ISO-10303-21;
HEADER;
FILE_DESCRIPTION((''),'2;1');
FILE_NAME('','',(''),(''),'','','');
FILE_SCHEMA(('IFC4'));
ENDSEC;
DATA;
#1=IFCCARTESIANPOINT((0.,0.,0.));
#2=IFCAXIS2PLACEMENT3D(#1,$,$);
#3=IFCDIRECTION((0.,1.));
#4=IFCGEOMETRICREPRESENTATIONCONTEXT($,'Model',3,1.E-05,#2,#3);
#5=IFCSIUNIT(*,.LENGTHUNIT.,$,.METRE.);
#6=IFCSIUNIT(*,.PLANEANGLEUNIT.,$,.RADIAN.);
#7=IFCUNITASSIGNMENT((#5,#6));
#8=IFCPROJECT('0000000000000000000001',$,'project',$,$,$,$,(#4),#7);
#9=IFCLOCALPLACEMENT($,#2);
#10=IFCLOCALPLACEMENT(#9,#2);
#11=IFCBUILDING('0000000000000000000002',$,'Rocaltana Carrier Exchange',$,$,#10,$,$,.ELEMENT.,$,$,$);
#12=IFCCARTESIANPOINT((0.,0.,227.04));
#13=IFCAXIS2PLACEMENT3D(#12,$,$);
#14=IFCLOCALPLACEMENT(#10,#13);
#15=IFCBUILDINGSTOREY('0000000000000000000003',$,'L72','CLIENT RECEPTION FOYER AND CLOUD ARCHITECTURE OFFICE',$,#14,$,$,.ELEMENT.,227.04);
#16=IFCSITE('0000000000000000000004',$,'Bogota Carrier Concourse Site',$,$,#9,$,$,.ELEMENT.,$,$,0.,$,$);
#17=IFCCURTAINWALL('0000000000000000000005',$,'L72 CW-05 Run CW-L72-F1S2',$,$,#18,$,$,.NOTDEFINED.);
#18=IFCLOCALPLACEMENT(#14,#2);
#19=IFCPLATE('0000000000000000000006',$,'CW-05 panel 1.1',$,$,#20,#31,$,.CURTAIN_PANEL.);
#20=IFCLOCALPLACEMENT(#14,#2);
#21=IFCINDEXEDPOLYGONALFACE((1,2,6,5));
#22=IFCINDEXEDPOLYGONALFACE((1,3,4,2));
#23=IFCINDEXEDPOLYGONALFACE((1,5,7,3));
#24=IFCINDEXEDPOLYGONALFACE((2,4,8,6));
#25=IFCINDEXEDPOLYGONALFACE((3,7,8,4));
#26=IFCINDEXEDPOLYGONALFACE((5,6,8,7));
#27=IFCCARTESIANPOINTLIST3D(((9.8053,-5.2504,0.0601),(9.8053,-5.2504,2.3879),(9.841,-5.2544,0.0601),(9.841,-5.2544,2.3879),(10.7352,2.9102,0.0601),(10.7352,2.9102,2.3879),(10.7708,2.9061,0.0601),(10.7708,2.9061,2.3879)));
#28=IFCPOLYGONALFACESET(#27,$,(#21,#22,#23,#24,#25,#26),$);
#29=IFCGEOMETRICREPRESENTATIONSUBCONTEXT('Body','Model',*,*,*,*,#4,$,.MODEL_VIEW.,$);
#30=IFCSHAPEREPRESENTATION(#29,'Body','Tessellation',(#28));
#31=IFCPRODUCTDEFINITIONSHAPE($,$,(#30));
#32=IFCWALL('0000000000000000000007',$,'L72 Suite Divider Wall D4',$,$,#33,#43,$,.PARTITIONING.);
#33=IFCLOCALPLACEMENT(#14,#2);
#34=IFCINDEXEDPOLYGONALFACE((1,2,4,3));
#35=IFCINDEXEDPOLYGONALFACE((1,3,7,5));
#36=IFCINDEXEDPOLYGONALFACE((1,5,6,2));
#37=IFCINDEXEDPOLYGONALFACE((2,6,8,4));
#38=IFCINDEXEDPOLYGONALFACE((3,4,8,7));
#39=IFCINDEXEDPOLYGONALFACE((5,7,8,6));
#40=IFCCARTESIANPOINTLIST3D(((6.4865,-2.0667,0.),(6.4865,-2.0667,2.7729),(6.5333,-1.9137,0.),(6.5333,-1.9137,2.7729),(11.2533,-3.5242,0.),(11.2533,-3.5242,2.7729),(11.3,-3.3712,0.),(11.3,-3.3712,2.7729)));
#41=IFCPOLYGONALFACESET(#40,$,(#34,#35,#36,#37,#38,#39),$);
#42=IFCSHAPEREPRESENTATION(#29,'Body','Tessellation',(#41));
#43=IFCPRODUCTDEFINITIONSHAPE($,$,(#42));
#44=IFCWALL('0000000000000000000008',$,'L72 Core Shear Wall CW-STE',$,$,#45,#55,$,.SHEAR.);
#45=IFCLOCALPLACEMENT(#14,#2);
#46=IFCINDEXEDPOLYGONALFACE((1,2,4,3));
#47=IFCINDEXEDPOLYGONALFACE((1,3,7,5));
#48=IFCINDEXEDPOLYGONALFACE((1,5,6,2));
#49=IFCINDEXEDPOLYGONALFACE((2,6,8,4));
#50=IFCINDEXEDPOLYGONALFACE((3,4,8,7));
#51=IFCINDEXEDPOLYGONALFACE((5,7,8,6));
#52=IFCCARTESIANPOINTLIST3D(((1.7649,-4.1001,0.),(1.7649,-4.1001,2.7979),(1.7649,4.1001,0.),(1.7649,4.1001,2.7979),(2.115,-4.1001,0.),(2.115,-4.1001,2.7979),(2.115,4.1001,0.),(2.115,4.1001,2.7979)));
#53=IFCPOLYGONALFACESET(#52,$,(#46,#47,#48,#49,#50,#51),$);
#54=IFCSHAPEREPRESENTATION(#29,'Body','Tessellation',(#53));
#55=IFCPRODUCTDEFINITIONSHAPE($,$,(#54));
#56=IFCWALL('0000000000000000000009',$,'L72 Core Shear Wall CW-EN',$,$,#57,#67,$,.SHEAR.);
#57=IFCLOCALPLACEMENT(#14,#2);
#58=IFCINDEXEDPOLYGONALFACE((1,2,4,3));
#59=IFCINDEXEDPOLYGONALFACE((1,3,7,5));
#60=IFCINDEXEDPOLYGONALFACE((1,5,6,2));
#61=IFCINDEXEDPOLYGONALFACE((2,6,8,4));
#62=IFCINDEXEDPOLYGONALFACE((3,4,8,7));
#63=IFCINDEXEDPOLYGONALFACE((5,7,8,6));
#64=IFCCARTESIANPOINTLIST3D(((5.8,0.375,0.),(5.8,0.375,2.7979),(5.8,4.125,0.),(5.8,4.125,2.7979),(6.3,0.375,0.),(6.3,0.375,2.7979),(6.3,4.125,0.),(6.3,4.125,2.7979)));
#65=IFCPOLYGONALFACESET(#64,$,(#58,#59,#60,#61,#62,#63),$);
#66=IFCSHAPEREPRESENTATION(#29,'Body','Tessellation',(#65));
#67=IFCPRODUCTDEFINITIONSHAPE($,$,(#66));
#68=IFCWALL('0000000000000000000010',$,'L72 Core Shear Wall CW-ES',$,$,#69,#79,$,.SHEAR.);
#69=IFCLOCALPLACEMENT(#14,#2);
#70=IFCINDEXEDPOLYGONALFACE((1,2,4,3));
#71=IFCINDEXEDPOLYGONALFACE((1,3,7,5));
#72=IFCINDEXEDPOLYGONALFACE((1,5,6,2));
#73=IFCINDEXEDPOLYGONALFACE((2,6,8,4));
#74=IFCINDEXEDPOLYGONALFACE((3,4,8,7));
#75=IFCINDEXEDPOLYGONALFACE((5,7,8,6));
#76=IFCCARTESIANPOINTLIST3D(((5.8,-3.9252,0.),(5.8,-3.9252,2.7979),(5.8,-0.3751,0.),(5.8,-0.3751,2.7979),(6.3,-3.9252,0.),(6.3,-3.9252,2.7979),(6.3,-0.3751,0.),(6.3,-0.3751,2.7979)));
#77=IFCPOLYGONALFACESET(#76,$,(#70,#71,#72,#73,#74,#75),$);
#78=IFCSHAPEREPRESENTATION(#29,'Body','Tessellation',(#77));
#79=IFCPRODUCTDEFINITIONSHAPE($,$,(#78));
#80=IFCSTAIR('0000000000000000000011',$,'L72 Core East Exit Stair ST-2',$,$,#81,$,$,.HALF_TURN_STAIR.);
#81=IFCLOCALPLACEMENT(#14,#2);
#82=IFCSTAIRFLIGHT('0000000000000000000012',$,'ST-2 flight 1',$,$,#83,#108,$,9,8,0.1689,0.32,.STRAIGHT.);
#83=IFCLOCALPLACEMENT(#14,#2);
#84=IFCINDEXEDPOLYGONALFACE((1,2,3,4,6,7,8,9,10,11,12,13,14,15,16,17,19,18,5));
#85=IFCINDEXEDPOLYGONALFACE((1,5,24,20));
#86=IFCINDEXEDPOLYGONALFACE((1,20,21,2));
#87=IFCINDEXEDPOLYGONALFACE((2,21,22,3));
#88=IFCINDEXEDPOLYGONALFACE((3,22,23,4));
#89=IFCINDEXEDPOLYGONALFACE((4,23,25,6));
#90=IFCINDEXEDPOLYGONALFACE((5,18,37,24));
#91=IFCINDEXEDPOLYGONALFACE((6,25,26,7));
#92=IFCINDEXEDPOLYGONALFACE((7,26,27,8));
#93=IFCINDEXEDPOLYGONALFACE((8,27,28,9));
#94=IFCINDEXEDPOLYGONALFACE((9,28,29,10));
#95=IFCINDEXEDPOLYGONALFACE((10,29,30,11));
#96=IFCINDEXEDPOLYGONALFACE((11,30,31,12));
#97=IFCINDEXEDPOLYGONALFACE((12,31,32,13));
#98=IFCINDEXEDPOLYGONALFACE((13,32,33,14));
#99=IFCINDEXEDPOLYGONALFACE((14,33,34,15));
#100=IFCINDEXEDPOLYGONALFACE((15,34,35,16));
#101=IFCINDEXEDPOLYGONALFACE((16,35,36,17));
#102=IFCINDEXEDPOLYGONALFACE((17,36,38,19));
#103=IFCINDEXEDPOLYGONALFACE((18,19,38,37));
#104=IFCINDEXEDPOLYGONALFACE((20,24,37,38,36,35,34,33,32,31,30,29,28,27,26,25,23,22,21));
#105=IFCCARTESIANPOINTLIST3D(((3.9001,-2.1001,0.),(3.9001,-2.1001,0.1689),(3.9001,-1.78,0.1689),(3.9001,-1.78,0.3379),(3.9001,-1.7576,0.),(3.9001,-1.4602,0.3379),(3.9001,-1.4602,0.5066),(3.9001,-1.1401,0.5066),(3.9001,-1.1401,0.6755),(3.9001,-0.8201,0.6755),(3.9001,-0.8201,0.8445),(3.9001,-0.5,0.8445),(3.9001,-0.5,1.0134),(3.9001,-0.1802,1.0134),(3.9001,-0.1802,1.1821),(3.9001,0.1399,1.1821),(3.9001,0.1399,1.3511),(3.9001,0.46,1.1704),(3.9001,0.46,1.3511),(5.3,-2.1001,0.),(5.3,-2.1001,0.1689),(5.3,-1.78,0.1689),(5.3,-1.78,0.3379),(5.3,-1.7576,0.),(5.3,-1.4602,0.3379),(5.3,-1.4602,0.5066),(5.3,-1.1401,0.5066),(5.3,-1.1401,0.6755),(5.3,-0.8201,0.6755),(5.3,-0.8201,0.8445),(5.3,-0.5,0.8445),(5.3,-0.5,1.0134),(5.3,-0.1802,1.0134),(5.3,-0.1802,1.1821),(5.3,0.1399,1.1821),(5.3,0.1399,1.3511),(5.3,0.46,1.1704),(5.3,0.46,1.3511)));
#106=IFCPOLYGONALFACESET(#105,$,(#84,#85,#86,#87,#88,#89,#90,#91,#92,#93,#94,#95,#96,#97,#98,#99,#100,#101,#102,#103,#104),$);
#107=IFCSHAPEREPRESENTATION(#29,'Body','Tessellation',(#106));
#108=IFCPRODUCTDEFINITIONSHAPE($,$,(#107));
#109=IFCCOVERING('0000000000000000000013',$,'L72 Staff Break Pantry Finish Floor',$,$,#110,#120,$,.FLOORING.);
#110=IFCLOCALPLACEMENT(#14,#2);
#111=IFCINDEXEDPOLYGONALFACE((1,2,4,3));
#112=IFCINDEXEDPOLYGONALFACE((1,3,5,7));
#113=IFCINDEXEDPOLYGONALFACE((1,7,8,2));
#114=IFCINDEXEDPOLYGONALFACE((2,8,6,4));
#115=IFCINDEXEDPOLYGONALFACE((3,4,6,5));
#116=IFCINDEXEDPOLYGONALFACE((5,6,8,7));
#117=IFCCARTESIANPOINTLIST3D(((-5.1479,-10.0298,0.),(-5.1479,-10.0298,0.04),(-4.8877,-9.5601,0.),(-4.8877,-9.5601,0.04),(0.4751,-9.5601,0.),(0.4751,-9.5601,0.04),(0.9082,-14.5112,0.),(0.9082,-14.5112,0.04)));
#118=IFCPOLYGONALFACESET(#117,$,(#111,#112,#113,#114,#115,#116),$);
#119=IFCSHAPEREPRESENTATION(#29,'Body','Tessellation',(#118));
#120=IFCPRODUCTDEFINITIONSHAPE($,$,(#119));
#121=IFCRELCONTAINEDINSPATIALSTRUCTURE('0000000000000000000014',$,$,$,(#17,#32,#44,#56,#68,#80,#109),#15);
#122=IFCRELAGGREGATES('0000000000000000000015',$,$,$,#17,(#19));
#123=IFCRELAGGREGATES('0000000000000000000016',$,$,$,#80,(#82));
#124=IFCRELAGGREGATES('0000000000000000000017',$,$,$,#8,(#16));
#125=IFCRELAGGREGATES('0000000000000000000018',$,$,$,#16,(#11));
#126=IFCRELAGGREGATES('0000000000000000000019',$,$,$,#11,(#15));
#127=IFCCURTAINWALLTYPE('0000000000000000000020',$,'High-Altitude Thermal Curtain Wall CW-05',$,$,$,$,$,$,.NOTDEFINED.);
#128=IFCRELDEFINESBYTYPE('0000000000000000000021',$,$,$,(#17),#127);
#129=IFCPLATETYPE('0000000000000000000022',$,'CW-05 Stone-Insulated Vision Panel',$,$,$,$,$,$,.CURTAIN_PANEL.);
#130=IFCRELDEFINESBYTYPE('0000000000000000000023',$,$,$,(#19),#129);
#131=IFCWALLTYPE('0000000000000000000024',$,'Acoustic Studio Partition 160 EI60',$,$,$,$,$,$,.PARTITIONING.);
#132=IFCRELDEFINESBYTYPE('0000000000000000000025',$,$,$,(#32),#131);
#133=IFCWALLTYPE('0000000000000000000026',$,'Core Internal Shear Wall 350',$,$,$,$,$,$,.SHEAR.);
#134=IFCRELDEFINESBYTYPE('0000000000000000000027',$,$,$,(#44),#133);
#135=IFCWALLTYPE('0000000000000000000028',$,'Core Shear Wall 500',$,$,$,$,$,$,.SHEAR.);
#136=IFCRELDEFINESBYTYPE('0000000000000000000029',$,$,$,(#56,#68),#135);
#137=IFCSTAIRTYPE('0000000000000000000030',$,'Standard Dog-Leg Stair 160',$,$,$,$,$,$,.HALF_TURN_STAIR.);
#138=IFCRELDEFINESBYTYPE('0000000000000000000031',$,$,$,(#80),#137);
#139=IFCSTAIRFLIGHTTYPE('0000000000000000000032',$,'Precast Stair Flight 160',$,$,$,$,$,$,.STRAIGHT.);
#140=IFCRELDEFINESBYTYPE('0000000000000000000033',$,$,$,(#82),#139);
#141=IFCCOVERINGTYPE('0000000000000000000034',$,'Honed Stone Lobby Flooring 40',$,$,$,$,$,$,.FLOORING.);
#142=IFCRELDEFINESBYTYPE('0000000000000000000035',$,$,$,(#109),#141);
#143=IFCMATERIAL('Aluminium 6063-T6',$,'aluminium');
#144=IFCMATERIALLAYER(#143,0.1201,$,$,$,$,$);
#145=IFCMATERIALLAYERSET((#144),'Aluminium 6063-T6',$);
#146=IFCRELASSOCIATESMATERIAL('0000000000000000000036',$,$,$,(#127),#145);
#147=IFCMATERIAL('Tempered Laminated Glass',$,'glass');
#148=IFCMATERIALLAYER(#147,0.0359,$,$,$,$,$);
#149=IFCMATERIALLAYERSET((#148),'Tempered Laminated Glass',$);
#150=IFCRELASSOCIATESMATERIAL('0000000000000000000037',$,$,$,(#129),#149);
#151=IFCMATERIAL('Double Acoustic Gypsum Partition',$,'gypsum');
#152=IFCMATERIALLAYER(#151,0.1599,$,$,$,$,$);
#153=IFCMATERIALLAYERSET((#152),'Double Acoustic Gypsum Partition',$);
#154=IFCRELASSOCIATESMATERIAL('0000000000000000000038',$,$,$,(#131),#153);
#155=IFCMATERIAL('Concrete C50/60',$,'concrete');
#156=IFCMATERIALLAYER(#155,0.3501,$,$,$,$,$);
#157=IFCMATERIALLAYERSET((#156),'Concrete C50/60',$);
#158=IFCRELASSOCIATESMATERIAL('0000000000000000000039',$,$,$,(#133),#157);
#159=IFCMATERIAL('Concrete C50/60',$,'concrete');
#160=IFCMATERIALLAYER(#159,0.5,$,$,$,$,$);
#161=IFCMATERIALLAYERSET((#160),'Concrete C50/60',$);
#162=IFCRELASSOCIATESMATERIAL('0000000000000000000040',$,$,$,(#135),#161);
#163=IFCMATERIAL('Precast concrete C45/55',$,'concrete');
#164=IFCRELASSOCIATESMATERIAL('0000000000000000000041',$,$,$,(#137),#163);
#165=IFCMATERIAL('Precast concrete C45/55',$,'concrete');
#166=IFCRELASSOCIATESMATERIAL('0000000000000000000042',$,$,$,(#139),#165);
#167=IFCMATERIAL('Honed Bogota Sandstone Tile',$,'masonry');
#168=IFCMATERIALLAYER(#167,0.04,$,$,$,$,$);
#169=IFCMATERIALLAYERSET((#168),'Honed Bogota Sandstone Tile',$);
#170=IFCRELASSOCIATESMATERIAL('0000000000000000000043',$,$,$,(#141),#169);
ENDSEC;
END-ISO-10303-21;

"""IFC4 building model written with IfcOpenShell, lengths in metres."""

from ifc_helpers import new_model, si_unit, direction, frame, frame_2d, origin, origin_2d, place, context, subcontext, project, spatial, polyline, rectangle, outline, extrude, material, layer, layer_set, type_object, element, aggregate, save


model = new_model("IFC4")

# Units and contexts
model_context = context("Model", 3, precision=1e-05, world=origin(), true_north=direction((0.0, 1.0)))
body_context = subcontext(model_context, "Body", "Model", "MODEL_VIEW")
ifc_project = project(units=[si_unit("LENGTHUNIT", "METRE"), si_unit("PLANEANGLEUNIT", "RADIAN")], contexts=[model_context])

# Site, building, storey
site_placement = place(None, origin())
site = spatial("IfcSite", under=ifc_project, at=site_placement, Name="Bogota Carrier Concourse Site", CompositionType="ELEMENT", RefElevation=0.0)
building_placement = place(site_placement, origin())
building = spatial("IfcBuilding", under=site, at=building_placement, Name="Rocaltana Carrier Exchange", CompositionType="ELEMENT")
storey_placement = place(building_placement, frame((0.0, 0.0, 227.04)))
storey = spatial("IfcBuildingStorey", under=building, at=storey_placement, Name="L72", Description="CLIENT RECEPTION FOYER AND CLOUD ARCHITECTURE OFFICE", CompositionType="ELEMENT", Elevation=227.04)

# Curtain wall
ifc_material_1 = material(Name="Aluminium 6063-T6", Category="aluminium")
ifc_layer_1 = layer(ifc_material_1, 0.1201)
ifc_layer_set_1 = layer_set([ifc_layer_1], Name="Aluminium 6063-T6")
curtain_wall_type = type_object("IfcCurtainWallType", Name="High-Altitude Thermal Curtain Wall CW-05", PredefinedType="NOTDEFINED", material=ifc_layer_set_1)
curtain_wall_placement = place(storey_placement, origin())
curtain_wall = element("IfcCurtainWall", 1, at=curtain_wall_placement, inside=storey, type_object=curtain_wall_type, Name="L72 CW-05 Run CW-L72-F1S2", PredefinedType="NOTDEFINED")

# Plate
ifc_material_2 = material(Name="Tempered Laminated Glass", Category="glass")
ifc_layer_2 = layer(ifc_material_2, 0.0359)
ifc_layer_set_2 = layer_set([ifc_layer_2], Name="Tempered Laminated Glass")
plate_type = type_object("IfcPlateType", Name="CW-05 Stone-Insulated Vision Panel", PredefinedType="CURTAIN_PANEL", material=ifc_layer_set_2)
plate_placement = place(storey_placement, frame((10.2881, -1.1721, 0.0601), z_axis=(0.0, 0.0, 1.0), x_axis=(0.113209, 0.993571, 0.0)))
plate = element("IfcPlate", 2, at=plate_placement, type_object=plate_type, Name="CW-05 panel 1.1", PredefinedType="CURTAIN_PANEL", context=body_context, shape_type="SweptSolid", body=[
    extrude(rectangle(XDim=8.2134, YDim=0.0359, at=origin_2d()), origin(), (0.0, 0.0, 1.0), 2.3279),
])
aggregate(curtain_wall, [plate])

# Walls
ifc_material_3 = material(Name="Double Acoustic Gypsum Partition", Category="gypsum")
ifc_layer_3 = layer(ifc_material_3, 0.1599)
ifc_layer_set_3 = layer_set([ifc_layer_3], Name="Double Acoustic Gypsum Partition")
wall_type_1 = type_object("IfcWallType", Name="Acoustic Studio Partition 160 EI60", PredefinedType="PARTITIONING", material=ifc_layer_set_3)
wall_1_placement = place(storey_placement, frame((6.51, -1.9902, 0.0), z_axis=(0.0, 0.0, 1.0), x_axis=(0.956296, -0.292399, 0.0)))
element("IfcWall", 3, at=wall_1_placement, inside=storey, type_object=wall_type_1, Name="L72 Suite Divider Wall D4", PredefinedType="PARTITIONING", context=body_context, shape_type="SweptSolid", body=[
    extrude(rectangle(XDim=4.9846, YDim=0.1599, at=frame_2d((2.4922, 0.0))), origin(), (0.0, 0.0, 1.0), 2.7729),
])
ifc_material_4 = material(Name="Concrete C50/60", Category="concrete")
ifc_layer_4 = layer(ifc_material_4, 0.3501)
ifc_layer_set_4 = layer_set([ifc_layer_4], Name="Concrete C50/60")
wall_type_2 = type_object("IfcWallType", Name="Core Internal Shear Wall 350", PredefinedType="SHEAR", material=ifc_layer_set_4)
wall_2_placement = place(storey_placement, frame((1.9399, -4.1001, 0.0), z_axis=(0.0, 0.0, 1.0), x_axis=(0.0, 1.0, 0.0)))
element("IfcWall", 4, at=wall_2_placement, inside=storey, type_object=wall_type_2, Name="L72 Core Shear Wall CW-STE", PredefinedType="SHEAR", context=body_context, shape_type="SweptSolid", body=[
    extrude(rectangle(XDim=8.2002, YDim=0.3501, at=frame_2d((4.1001, 0.0))), origin(), (0.0, 0.0, 1.0), 2.7979),
])
ifc_material_5 = material(Name="Concrete C50/60", Category="concrete")
ifc_layer_5 = layer(ifc_material_5, 0.5)
ifc_layer_set_5 = layer_set([ifc_layer_5], Name="Concrete C50/60")
wall_type_3 = type_object("IfcWallType", Name="Core Shear Wall 500", PredefinedType="SHEAR", material=ifc_layer_set_5)
wall_3_placement = place(storey_placement, frame((6.05, 0.375, 0.0), z_axis=(0.0, 0.0, 1.0), x_axis=(0.0, 1.0, 0.0)))
element("IfcWall", 5, at=wall_3_placement, inside=storey, type_object=wall_type_3, Name="L72 Core Shear Wall CW-EN", PredefinedType="SHEAR", context=body_context, shape_type="SweptSolid", body=[
    extrude(rectangle(XDim=3.75, YDim=0.5, at=frame_2d((1.875, 0.0))), origin(), (0.0, 0.0, 1.0), 2.7979),
])
wall_4_placement = place(storey_placement, frame((6.05, -3.925, 0.0), z_axis=(0.0, 0.0, 1.0), x_axis=(0.0, 1.0, 0.0)))
element("IfcWall", 6, at=wall_4_placement, inside=storey, type_object=wall_type_3, Name="L72 Core Shear Wall CW-ES", PredefinedType="SHEAR", context=body_context, shape_type="SweptSolid", body=[
    extrude(rectangle(XDim=3.55, YDim=0.5, at=frame_2d((1.7749, 0.0))), origin(), (0.0, 0.0, 1.0), 2.7979),
])

# Stair, stair flight
ifc_material_6 = material(Name="Precast concrete C45/55", Category="concrete")
stair_type = type_object("IfcStairType", Name="Standard Dog-Leg Stair 160", PredefinedType="HALF_TURN_STAIR", material=ifc_material_6)
stair_placement = place(storey_placement, origin())
stair = element("IfcStair", 7, at=stair_placement, inside=storey, type_object=stair_type, Name="L72 Core East Exit Stair ST-2", PredefinedType="HALF_TURN_STAIR")
ifc_material_7 = material(Name="Precast concrete C45/55", Category="concrete")
stair_flight_type = type_object("IfcStairFlightType", Name="Precast Stair Flight 160", PredefinedType="STRAIGHT", material=ifc_material_7)
stair_flight_placement = place(storey_placement, frame((4.6001, -2.1001, 0.0), z_axis=(0.0, 0.0, 1.0), x_axis=(0.0, 1.0, 0.0)))
stair_flight = element("IfcStairFlight", 8, at=stair_flight_placement, type_object=stair_flight_type, Name="ST-2 flight 1", NumberOfRisers=9, NumberOfTreads=8, PredefinedType="STRAIGHT", RiserHeight=0.1689, TreadLength=0.32, context=body_context, shape_type="SweptSolid", body=[
    extrude(outline(polyline([(0.0, 0.0), (0.0, 0.1689), (0.3201, 0.1689), (0.3201, 0.3379), (0.6399, 0.3379), (0.6399, 0.5066), (0.96, 0.5066), (0.96, 0.6755), (1.28, 0.6755), (1.28, 0.8445), (1.6001, 0.8445), (1.6001, 1.0134), (1.9199, 1.0134), (1.9199, 1.1821), (2.24, 1.1821), (2.24, 1.3511), (2.5601, 1.3511), (2.5601, 1.52), (2.5601, 1.1704), (0.3425, 0.0), (0.0, 0.0)])), frame((0.0, 0.7, 0.0), z_axis=(0.0, -1.0, 0.0), x_axis=(1.0, 0.0, 0.0)), (0.0, 0.0, 1.0), 1.3999),
])
aggregate(stair, [stair_flight])

# Covering
ifc_material_8 = material(Name="Honed Bogota Sandstone Tile", Category="masonry")
ifc_layer_6 = layer(ifc_material_8, 0.04)
ifc_layer_set_6 = layer_set([ifc_layer_6], Name="Honed Bogota Sandstone Tile")
covering_type_1 = type_object("IfcCoveringType", Name="Honed Stone Lobby Flooring 40", PredefinedType="FLOORING", material=ifc_layer_set_6)
covering_1_placement = place(storey_placement, origin())
element("IfcCovering", 9, at=covering_1_placement, inside=storey, type_object=covering_type_1, Name="L72 Staff Break Pantry Finish Floor", PredefinedType="FLOORING", context=body_context, shape_type="SweptSolid", body=[
    extrude(outline(polyline([(0.4751, -9.5601), (0.9082, -14.5112), (-5.1479, -10.0298), (-4.8877, -9.5601), (0.4751, -9.5601)])), origin(), (0.0, 0.0, 1.0), 0.04),
])

save(model, "model.ifc")
